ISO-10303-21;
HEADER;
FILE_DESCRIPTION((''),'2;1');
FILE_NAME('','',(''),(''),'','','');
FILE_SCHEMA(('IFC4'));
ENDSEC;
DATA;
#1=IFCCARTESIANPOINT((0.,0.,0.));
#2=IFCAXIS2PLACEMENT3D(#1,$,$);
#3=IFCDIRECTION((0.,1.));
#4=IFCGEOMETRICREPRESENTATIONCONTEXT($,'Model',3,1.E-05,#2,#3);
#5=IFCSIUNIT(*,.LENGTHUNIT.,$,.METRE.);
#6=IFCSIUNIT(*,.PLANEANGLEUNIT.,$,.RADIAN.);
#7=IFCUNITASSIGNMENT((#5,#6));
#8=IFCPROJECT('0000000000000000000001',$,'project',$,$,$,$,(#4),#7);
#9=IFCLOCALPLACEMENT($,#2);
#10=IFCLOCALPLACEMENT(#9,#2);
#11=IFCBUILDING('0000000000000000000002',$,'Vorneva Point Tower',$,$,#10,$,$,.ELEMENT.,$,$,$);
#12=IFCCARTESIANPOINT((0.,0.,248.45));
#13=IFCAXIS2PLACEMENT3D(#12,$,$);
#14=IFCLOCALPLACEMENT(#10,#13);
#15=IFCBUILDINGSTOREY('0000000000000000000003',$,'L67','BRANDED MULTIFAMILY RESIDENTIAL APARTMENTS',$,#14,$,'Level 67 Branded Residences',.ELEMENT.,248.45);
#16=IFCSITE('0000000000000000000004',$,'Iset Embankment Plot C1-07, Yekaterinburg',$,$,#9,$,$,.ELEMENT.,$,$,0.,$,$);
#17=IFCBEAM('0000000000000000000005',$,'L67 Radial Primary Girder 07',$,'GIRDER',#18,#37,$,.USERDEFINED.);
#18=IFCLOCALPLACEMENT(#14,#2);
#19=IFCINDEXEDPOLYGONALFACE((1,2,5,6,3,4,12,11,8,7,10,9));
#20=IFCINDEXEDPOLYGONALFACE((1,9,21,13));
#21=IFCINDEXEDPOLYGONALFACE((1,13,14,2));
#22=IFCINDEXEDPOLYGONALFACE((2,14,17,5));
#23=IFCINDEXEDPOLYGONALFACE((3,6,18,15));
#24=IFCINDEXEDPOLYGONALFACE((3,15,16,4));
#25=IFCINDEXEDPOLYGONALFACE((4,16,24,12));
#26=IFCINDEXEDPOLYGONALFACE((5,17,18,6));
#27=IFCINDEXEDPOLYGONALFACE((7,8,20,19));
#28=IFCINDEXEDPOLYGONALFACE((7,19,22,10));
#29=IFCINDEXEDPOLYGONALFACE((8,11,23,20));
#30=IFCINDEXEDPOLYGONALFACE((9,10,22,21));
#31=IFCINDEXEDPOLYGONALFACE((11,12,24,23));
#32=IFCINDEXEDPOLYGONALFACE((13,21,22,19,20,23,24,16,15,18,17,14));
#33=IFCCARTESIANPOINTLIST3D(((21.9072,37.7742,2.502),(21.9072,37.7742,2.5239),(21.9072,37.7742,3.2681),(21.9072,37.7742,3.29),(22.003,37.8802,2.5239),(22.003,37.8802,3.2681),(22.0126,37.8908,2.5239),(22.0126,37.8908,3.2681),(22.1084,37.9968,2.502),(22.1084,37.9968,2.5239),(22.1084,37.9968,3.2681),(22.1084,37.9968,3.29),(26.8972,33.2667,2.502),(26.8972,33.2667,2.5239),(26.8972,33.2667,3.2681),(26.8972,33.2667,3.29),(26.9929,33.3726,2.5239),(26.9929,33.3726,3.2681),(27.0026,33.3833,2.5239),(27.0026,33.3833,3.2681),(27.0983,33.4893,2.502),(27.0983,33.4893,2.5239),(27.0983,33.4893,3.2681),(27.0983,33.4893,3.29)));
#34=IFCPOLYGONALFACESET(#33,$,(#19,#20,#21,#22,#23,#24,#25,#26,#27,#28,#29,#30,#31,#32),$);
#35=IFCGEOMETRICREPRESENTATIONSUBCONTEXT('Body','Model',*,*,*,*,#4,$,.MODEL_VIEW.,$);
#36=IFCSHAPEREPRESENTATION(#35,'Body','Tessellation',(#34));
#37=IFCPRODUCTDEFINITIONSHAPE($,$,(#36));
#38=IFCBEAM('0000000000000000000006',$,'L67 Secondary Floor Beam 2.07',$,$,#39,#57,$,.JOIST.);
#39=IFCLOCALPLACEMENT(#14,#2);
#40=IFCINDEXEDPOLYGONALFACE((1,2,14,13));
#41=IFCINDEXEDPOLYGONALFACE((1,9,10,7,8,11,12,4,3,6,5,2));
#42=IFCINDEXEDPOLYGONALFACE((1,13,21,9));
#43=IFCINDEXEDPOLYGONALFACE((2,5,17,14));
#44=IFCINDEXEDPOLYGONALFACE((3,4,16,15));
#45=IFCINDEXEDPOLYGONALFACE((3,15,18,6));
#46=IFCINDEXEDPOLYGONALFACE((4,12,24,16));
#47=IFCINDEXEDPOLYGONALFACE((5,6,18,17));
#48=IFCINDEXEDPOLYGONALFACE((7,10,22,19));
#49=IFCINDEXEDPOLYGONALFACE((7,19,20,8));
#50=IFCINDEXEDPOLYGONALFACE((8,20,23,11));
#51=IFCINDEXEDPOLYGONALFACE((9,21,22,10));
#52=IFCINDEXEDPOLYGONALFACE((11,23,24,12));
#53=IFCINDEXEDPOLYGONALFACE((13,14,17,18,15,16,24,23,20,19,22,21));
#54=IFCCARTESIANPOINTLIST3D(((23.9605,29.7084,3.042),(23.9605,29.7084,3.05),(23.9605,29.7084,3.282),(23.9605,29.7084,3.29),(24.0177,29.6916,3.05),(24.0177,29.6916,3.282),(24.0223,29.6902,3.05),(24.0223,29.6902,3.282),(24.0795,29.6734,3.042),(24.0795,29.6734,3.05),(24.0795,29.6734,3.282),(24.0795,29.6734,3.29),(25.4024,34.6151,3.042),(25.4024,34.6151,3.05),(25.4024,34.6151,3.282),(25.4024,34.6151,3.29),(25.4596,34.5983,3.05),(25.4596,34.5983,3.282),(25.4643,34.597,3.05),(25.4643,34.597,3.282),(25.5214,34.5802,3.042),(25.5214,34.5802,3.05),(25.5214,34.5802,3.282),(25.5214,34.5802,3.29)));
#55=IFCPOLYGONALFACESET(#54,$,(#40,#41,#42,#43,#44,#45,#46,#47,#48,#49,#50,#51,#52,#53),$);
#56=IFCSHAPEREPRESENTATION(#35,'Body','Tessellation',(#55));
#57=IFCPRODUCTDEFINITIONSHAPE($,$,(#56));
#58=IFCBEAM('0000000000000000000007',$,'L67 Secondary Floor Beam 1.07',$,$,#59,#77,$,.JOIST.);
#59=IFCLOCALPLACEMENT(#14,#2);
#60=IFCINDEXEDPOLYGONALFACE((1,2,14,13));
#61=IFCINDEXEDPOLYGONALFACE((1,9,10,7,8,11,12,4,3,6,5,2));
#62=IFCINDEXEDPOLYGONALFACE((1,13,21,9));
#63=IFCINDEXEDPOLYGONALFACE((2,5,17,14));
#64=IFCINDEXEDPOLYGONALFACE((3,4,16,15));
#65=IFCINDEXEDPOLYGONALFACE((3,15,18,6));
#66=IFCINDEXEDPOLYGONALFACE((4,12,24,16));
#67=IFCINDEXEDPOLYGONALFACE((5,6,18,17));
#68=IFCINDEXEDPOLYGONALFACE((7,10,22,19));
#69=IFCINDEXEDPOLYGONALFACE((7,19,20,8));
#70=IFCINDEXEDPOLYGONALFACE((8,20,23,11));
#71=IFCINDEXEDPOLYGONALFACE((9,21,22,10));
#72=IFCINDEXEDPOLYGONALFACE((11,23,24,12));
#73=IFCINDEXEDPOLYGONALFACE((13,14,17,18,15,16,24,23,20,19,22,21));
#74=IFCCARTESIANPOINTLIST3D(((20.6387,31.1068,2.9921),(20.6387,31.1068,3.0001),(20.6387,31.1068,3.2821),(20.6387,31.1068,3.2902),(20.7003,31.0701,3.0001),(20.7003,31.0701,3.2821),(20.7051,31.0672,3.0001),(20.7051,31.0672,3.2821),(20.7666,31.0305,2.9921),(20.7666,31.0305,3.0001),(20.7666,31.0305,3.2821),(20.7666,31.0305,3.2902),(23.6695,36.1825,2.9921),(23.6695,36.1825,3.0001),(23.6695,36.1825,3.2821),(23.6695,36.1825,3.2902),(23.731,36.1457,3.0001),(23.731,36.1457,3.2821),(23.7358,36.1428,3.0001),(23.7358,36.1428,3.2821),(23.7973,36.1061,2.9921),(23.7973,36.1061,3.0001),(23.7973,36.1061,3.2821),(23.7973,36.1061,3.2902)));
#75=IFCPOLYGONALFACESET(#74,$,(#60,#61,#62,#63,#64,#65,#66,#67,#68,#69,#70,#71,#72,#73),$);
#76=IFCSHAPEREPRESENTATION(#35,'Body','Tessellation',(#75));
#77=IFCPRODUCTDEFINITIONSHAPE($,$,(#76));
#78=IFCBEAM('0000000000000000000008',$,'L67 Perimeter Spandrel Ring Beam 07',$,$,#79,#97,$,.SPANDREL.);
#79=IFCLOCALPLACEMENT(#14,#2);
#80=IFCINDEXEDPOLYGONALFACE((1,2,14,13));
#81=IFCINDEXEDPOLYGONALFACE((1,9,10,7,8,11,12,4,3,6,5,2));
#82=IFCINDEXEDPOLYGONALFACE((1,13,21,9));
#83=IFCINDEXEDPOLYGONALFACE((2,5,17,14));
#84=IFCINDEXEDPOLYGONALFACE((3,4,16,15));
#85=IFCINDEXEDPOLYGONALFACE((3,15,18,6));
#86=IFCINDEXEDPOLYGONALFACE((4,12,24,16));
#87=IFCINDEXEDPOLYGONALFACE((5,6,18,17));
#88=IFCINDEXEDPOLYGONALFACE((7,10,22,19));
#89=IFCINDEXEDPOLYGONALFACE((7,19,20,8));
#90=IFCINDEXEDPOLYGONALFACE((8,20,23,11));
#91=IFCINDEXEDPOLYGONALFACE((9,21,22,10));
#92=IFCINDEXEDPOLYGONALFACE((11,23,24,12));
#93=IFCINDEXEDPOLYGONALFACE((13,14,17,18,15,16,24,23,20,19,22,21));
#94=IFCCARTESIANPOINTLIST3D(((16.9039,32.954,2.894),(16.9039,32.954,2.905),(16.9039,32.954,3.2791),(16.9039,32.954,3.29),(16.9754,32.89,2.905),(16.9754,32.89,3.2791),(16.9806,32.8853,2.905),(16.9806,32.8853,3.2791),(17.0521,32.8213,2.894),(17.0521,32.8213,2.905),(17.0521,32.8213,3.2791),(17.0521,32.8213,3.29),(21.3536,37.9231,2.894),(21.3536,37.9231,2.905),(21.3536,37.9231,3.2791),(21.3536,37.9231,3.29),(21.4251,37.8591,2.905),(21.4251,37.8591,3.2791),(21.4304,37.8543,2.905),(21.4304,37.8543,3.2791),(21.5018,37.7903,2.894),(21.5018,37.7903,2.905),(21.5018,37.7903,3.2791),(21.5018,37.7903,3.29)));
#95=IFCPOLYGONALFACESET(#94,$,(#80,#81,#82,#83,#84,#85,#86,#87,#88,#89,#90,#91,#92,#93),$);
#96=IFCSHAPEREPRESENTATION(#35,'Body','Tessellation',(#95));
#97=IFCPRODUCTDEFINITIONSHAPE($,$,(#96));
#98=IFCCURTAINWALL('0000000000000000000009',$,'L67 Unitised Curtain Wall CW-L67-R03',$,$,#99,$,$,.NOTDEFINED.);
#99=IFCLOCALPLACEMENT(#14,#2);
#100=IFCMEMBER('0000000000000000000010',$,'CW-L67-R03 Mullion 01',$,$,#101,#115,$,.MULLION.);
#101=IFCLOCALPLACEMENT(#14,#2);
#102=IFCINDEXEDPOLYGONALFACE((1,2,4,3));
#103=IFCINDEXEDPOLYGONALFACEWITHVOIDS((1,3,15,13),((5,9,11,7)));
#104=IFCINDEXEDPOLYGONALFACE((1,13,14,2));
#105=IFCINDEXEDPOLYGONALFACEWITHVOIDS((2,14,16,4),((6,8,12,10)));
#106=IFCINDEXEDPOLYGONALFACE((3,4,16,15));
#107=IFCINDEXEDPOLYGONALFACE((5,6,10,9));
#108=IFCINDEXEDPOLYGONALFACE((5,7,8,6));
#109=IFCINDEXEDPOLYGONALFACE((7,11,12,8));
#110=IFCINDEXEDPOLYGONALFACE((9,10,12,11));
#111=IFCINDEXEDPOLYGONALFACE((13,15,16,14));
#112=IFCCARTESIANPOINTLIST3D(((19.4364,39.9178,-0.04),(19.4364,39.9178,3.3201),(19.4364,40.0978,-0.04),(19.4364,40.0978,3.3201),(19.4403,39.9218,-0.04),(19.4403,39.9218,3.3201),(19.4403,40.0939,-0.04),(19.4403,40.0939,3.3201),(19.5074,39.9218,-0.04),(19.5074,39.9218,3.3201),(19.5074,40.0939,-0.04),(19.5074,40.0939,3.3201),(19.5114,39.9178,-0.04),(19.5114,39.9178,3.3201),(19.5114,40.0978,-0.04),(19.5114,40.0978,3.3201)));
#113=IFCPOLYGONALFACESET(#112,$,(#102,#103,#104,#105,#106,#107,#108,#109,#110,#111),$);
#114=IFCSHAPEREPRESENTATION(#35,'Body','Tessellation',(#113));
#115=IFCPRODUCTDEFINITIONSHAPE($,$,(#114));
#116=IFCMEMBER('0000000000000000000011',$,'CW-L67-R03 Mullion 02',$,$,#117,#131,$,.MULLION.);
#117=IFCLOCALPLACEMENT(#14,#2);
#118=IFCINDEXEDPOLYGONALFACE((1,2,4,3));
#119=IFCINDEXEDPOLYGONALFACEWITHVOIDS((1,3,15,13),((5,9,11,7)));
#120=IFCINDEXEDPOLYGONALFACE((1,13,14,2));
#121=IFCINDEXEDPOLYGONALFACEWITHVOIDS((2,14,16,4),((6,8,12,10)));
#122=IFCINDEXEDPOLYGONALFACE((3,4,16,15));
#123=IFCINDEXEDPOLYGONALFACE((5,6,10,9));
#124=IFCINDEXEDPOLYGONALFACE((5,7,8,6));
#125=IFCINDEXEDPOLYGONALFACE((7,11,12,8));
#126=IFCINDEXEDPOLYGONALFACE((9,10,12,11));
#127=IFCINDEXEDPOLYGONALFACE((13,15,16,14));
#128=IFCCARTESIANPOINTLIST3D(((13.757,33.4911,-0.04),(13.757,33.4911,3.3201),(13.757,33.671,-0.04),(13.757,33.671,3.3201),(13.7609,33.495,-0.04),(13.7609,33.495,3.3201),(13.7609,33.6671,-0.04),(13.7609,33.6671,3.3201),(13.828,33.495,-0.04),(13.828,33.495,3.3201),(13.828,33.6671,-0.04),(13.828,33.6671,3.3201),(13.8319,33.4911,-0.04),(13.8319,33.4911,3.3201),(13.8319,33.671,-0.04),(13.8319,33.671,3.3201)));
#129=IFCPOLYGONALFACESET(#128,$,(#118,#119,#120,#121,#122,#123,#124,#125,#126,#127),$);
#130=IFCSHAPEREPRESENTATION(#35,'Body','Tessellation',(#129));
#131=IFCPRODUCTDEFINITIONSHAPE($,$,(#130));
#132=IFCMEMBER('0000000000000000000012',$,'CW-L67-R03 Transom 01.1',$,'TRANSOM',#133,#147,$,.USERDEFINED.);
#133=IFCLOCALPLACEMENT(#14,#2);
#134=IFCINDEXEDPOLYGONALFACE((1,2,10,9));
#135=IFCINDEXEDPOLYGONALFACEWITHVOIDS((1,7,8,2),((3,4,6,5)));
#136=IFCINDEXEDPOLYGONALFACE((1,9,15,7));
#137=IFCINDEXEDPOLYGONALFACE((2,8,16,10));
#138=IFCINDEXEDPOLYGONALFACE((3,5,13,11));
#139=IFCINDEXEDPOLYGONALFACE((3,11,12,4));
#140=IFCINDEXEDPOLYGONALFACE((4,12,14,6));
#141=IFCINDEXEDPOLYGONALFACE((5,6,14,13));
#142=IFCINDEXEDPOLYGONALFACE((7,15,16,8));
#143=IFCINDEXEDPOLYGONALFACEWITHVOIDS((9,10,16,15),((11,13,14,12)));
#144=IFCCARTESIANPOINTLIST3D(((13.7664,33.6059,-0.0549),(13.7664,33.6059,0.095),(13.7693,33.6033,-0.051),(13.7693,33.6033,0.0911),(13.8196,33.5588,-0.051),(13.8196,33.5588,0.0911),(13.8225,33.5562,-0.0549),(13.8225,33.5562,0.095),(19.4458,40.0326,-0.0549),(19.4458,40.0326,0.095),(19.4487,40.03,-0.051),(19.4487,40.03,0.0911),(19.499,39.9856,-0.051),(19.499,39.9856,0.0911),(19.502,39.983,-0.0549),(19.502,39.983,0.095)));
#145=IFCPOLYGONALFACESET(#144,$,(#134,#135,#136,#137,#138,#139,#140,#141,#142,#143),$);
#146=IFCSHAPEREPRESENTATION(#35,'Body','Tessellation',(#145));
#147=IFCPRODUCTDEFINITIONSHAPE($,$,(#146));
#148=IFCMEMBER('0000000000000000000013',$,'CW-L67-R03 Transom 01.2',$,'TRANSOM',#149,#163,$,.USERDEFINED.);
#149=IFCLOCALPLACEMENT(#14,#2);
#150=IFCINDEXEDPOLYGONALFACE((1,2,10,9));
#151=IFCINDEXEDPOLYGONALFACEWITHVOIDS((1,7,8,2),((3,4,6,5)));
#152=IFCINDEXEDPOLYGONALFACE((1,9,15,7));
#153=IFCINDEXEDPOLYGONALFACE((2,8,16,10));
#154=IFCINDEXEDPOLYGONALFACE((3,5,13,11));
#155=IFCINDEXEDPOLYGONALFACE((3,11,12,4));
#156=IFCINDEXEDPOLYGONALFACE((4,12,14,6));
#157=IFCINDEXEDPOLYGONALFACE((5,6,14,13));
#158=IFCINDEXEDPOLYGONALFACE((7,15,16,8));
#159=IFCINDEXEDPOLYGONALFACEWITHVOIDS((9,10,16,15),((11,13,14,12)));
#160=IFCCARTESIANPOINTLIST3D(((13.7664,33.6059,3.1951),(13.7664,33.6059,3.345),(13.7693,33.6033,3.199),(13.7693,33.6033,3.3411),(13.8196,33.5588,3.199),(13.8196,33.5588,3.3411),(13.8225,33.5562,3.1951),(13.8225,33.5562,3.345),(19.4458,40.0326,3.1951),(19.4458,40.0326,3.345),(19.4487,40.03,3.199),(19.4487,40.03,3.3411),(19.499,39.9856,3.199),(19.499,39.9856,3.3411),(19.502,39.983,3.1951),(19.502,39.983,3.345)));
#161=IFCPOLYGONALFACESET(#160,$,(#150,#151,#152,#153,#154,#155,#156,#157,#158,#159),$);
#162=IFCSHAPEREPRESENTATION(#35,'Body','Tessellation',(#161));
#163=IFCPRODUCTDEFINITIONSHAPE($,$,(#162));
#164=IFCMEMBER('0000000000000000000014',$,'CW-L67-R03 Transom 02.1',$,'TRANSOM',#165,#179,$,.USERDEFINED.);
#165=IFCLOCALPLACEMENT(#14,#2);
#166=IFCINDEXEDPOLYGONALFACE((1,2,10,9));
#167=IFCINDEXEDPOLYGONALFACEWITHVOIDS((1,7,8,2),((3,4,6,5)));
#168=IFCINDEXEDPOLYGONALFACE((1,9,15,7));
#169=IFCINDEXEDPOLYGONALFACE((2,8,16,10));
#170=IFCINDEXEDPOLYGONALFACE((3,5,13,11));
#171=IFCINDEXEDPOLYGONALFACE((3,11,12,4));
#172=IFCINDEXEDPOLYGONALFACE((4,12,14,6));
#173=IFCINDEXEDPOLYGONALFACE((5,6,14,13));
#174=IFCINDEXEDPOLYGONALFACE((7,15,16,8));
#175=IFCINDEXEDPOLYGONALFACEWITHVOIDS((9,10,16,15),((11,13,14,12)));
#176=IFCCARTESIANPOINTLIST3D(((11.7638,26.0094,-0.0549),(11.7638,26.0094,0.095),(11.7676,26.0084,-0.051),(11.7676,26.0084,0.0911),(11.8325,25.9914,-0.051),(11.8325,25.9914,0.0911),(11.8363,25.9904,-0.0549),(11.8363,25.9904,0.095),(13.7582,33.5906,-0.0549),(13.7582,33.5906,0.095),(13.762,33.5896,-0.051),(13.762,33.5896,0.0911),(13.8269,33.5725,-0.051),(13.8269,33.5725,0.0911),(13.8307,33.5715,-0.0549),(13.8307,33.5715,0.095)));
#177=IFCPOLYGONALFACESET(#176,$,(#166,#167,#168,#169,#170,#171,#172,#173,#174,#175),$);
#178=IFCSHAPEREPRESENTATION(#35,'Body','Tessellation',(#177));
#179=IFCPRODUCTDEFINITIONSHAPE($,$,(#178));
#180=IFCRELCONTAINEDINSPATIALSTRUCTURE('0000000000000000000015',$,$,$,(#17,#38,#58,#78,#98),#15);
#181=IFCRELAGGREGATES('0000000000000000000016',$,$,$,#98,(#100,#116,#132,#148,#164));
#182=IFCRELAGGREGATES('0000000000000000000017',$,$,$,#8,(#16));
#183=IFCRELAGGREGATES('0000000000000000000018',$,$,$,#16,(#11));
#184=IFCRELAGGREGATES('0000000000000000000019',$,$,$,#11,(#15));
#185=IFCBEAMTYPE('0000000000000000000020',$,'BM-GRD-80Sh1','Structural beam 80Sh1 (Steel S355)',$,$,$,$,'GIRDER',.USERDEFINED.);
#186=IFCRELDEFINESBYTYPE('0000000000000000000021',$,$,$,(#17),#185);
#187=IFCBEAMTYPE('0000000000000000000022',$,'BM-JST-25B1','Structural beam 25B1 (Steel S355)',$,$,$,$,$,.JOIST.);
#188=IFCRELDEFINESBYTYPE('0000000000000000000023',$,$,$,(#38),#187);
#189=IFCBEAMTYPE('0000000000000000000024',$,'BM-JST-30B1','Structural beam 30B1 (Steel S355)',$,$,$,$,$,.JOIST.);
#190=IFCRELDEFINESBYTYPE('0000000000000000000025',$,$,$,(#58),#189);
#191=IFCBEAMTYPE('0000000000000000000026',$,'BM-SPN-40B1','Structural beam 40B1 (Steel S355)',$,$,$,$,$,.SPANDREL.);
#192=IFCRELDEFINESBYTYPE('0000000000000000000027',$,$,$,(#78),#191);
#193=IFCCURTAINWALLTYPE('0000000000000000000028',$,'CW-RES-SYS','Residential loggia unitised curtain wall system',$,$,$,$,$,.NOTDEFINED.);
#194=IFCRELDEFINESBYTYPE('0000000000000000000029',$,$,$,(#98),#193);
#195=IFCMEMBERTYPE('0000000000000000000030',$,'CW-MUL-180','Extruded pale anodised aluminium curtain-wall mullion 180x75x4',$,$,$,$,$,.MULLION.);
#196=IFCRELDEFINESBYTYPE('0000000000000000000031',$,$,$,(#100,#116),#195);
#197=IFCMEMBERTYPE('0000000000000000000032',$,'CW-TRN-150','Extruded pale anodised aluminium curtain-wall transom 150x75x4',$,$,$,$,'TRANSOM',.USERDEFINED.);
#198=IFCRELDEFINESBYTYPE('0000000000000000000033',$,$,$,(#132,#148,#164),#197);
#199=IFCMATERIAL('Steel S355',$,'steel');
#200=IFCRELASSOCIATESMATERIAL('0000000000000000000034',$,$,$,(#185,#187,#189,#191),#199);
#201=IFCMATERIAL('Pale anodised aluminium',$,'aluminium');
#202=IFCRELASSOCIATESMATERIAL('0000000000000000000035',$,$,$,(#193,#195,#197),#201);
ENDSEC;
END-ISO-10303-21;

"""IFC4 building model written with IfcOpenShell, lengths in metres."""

from ifc_helpers import new_model, si_unit, direction, frame, origin, origin_2d, place, context, subcontext, project, spatial, hollow_rectangle, i_section, extrude, material, material_profile, profile_set, type_object, element, aggregate, save


model = new_model("IFC4")

# Units and contexts
model_context = context("Model", 3, precision=1e-05, world=origin(), true_north=direction((0.0, 1.0)))
body_context = subcontext(model_context, "Body", "Model", "MODEL_VIEW")
ifc_project = project(units=[si_unit("LENGTHUNIT", "METRE"), si_unit("PLANEANGLEUNIT", "RADIAN")], contexts=[model_context])

# Site, building, storey
site_placement = place(None, origin())
site = spatial("IfcSite", under=ifc_project, at=site_placement, Name="Iset Embankment Plot C1-07, Yekaterinburg", CompositionType="ELEMENT", RefElevation=0.0)
building_placement = place(site_placement, origin())
building = spatial("IfcBuilding", under=site, at=building_placement, Name="Vorneva Point Tower", CompositionType="ELEMENT")
storey_placement = place(building_placement, frame((0.0, 0.0, 248.45)))
storey = spatial("IfcBuildingStorey", under=building, at=storey_placement, Name="L67", Description="BRANDED MULTIFAMILY RESIDENTIAL APARTMENTS", LongName="Level 67 Branded Residences", CompositionType="ELEMENT", Elevation=248.45)

# Beams
ifc_material_1 = material(Name="Steel S355", Category="steel")
ifc_material_profile_1 = material_profile(ifc_material_1, i_section(OverallWidth=0.3, OverallDepth=0.7881, WebThickness=0.0144, FlangeThickness=0.022, at=origin_2d()), Name="80Sh1")
ifc_profile_set_1 = profile_set([ifc_material_profile_1], Name="Steel S355")
beam_type_1 = type_object("IfcBeamType", Name="BM-GRD-80Sh1", Description="Structural beam 80Sh1 (Steel S355)", ElementType="GIRDER", PredefinedType="USERDEFINED", material=ifc_profile_set_1)
beam_1_placement = place(storey_placement, frame((22.0078, 37.8855, 2.896), z_axis=(0.742067, -0.670326, 0.0), x_axis=(0.670326, 0.742067, 0.0)))
element("IfcBeam", 1, at=beam_1_placement, inside=storey, type_object=beam_type_1, Name="L67 Radial Primary Girder 07", ObjectType="GIRDER", PredefinedType="USERDEFINED", context=body_context, shape_type="SweptSolid", body=[
    extrude(i_section(OverallWidth=0.3, OverallDepth=0.7881, WebThickness=0.0144, FlangeThickness=0.022, at=origin_2d()), origin(), (0.0, 0.0, 1.0), 6.7244),
])
ifc_material_profile_2 = material_profile(ifc_material_1, i_section(OverallWidth=0.124, OverallDepth=0.248, WebThickness=0.0049, FlangeThickness=0.0081, at=origin_2d()), Name="25B1")
ifc_profile_set_2 = profile_set([ifc_material_profile_2], Name="Steel S355")
beam_type_2 = type_object("IfcBeamType", Name="BM-JST-25B1", Description="Structural beam 25B1 (Steel S355)", PredefinedType="JOIST", material=ifc_profile_set_2)
beam_2_placement = place(storey_placement, frame((25.4619, 34.5977, 3.166), z_axis=(-0.281939, -0.959432, 0.0), x_axis=(0.959432, -0.281939, 0.0)))
element("IfcBeam", 2, at=beam_2_placement, inside=storey, type_object=beam_type_2, Name="L67 Secondary Floor Beam 2.07", PredefinedType="JOIST", context=body_context, shape_type="SweptSolid", body=[
    extrude(i_section(OverallWidth=0.124, OverallDepth=0.248, WebThickness=0.0049, FlangeThickness=0.0081, at=origin_2d()), origin(), (0.0, 0.0, 1.0), 5.1143),
])
ifc_material_profile_3 = material_profile(ifc_material_1, i_section(OverallWidth=0.1489, OverallDepth=0.2981, WebThickness=0.0056, FlangeThickness=0.0081, at=origin_2d()), Name="30B1")
ifc_profile_set_3 = profile_set([ifc_material_profile_3], Name="Steel S355")
beam_type_3 = type_object("IfcBeamType", Name="BM-JST-30B1", Description="Structural beam 30B1 (Steel S355)", PredefinedType="JOIST", material=ifc_profile_set_3)
beam_3_placement = place(storey_placement, frame((23.7334, 36.1443, 3.1411), z_axis=(-0.512673, -0.858584, 0.0), x_axis=(0.858584, -0.512673, 0.0)))
element("IfcBeam", 3, at=beam_3_placement, inside=storey, type_object=beam_type_3, Name="L67 Secondary Floor Beam 1.07", PredefinedType="JOIST", context=body_context, shape_type="SweptSolid", body=[
    extrude(i_section(OverallWidth=0.1489, OverallDepth=0.2981, WebThickness=0.0056, FlangeThickness=0.0081, at=origin_2d()), origin(), (0.0, 0.0, 1.0), 5.9116),
])
ifc_material_profile_4 = material_profile(ifc_material_1, i_section(OverallWidth=0.199, OverallDepth=0.396, WebThickness=0.0071, FlangeThickness=0.011, at=origin_2d()), Name="40B1")
ifc_profile_set_4 = profile_set([ifc_material_profile_4], Name="Steel S355")
beam_type_4 = type_object("IfcBeamType", Name="BM-SPN-40B1", Description="Structural beam 40B1 (Steel S355)", PredefinedType="SPANDREL", material=ifc_profile_set_4)
beam_4_placement = place(storey_placement, frame((21.4277, 37.8567, 3.092), z_axis=(-0.667108, -0.744961, 0.0), x_axis=(0.744961, -0.667108, 0.0)))
element("IfcBeam", 4, at=beam_4_placement, inside=storey, type_object=beam_type_4, Name="L67 Perimeter Spandrel Ring Beam 07", PredefinedType="SPANDREL", context=body_context, shape_type="SweptSolid", body=[
    extrude(i_section(OverallWidth=0.199, OverallDepth=0.396, WebThickness=0.0071, FlangeThickness=0.011, at=origin_2d()), origin(), (0.0, 0.0, 1.0), 6.6702),
])

# Curtain wall, members
ifc_material_2 = material(Name="Pale anodised aluminium", Category="aluminium")
curtain_wall_type = type_object("IfcCurtainWallType", Name="CW-RES-SYS", Description="Residential loggia unitised curtain wall system", PredefinedType="NOTDEFINED", material=ifc_material_2)
curtain_wall_placement = place(storey_placement, origin())
curtain_wall = element("IfcCurtainWall", 5, at=curtain_wall_placement, inside=storey, type_object=curtain_wall_type, Name="L67 Unitised Curtain Wall CW-L67-R03", PredefinedType="NOTDEFINED")
ifc_material_profile_5 = material_profile(ifc_material_2, hollow_rectangle(XDim=0.075, YDim=0.1799, WallThickness=0.0039, at=origin_2d()), Name="AL-MUL 180x75x4")
ifc_profile_set_5 = profile_set([ifc_material_profile_5], Name="Pale anodised aluminium")
member_type_1 = type_object("IfcMemberType", Name="CW-MUL-180", Description="Extruded pale anodised aluminium curtain-wall mullion 180x75x4", PredefinedType="MULLION", material=ifc_profile_set_5)
member_1_placement = place(storey_placement, frame((19.4739, 40.0078, -0.04), z_axis=(0.0, 0.0, 1.0), x_axis=(1.0, 0.0, 0.0)))
member_1 = element("IfcMember", 6, at=member_1_placement, type_object=member_type_1, Name="CW-L67-R03 Mullion 01", PredefinedType="MULLION", context=body_context, shape_type="SweptSolid", body=[
    extrude(hollow_rectangle(XDim=0.075, YDim=0.1799, WallThickness=0.0039, at=origin_2d()), origin(), (0.0, 0.0, 1.0), 3.3601),
])
member_2_placement = place(storey_placement, frame((13.7944, 33.5811, -0.04), z_axis=(0.0, 0.0, 1.0), x_axis=(1.0, 0.0, 0.0)))
member_2 = element("IfcMember", 7, at=member_2_placement, type_object=member_type_1, Name="CW-L67-R03 Mullion 02", PredefinedType="MULLION", context=body_context, shape_type="SweptSolid", body=[
    extrude(hollow_rectangle(XDim=0.075, YDim=0.1799, WallThickness=0.0039, at=origin_2d()), origin(), (0.0, 0.0, 1.0), 3.3601),
])
ifc_material_profile_6 = material_profile(ifc_material_2, hollow_rectangle(XDim=0.075, YDim=0.1499, WallThickness=0.0039, at=origin_2d()), Name="AL-TRN 150x75x4")
ifc_profile_set_6 = profile_set([ifc_material_profile_6], Name="Pale anodised aluminium")
member_type_2 = type_object("IfcMemberType", Name="CW-TRN-150", Description="Extruded pale anodised aluminium curtain-wall transom 150x75x4", ElementType="TRANSOM", PredefinedType="USERDEFINED", material=ifc_profile_set_6)
member_3_placement = place(storey_placement, frame((19.4739, 40.0078, 0.02), z_axis=(-0.662197, -0.74933, 0.0), x_axis=(0.74933, -0.662197, 0.0)))
member_3 = element("IfcMember", 8, at=member_3_placement, type_object=member_type_2, Name="CW-L67-R03 Transom 01.1", ObjectType="TRANSOM", PredefinedType="USERDEFINED", context=body_context, shape_type="SweptSolid", body=[
    extrude(hollow_rectangle(XDim=0.075, YDim=0.1499, WallThickness=0.0039, at=origin_2d()), origin(), (0.0, 0.0, 1.0), 8.5767),
])
member_4_placement = place(storey_placement, frame((19.4739, 40.0078, 3.27), z_axis=(-0.662197, -0.74933, 0.0), x_axis=(0.74933, -0.662197, 0.0)))
member_4 = element("IfcMember", 9, at=member_4_placement, type_object=member_type_2, Name="CW-L67-R03 Transom 01.2", ObjectType="TRANSOM", PredefinedType="USERDEFINED", context=body_context, shape_type="SweptSolid", body=[
    extrude(hollow_rectangle(XDim=0.075, YDim=0.1499, WallThickness=0.0039, at=origin_2d()), origin(), (0.0, 0.0, 1.0), 8.5767),
])
member_5_placement = place(storey_placement, frame((13.7944, 33.5811, 0.02), z_axis=(-0.254418, -0.967094, 0.0), x_axis=(0.967094, -0.254418, 0.0)))
member_5 = element("IfcMember", 10, at=member_5_placement, type_object=member_type_2, Name="CW-L67-R03 Transom 02.1", ObjectType="TRANSOM", PredefinedType="USERDEFINED", context=body_context, shape_type="SweptSolid", body=[
    extrude(hollow_rectangle(XDim=0.075, YDim=0.1499, WallThickness=0.0039, at=origin_2d()), origin(), (0.0, 0.0, 1.0), 7.8391),
])
aggregate(curtain_wall, [member_1, member_2, member_3, member_4, member_5])

save(model, "model.ifc")
